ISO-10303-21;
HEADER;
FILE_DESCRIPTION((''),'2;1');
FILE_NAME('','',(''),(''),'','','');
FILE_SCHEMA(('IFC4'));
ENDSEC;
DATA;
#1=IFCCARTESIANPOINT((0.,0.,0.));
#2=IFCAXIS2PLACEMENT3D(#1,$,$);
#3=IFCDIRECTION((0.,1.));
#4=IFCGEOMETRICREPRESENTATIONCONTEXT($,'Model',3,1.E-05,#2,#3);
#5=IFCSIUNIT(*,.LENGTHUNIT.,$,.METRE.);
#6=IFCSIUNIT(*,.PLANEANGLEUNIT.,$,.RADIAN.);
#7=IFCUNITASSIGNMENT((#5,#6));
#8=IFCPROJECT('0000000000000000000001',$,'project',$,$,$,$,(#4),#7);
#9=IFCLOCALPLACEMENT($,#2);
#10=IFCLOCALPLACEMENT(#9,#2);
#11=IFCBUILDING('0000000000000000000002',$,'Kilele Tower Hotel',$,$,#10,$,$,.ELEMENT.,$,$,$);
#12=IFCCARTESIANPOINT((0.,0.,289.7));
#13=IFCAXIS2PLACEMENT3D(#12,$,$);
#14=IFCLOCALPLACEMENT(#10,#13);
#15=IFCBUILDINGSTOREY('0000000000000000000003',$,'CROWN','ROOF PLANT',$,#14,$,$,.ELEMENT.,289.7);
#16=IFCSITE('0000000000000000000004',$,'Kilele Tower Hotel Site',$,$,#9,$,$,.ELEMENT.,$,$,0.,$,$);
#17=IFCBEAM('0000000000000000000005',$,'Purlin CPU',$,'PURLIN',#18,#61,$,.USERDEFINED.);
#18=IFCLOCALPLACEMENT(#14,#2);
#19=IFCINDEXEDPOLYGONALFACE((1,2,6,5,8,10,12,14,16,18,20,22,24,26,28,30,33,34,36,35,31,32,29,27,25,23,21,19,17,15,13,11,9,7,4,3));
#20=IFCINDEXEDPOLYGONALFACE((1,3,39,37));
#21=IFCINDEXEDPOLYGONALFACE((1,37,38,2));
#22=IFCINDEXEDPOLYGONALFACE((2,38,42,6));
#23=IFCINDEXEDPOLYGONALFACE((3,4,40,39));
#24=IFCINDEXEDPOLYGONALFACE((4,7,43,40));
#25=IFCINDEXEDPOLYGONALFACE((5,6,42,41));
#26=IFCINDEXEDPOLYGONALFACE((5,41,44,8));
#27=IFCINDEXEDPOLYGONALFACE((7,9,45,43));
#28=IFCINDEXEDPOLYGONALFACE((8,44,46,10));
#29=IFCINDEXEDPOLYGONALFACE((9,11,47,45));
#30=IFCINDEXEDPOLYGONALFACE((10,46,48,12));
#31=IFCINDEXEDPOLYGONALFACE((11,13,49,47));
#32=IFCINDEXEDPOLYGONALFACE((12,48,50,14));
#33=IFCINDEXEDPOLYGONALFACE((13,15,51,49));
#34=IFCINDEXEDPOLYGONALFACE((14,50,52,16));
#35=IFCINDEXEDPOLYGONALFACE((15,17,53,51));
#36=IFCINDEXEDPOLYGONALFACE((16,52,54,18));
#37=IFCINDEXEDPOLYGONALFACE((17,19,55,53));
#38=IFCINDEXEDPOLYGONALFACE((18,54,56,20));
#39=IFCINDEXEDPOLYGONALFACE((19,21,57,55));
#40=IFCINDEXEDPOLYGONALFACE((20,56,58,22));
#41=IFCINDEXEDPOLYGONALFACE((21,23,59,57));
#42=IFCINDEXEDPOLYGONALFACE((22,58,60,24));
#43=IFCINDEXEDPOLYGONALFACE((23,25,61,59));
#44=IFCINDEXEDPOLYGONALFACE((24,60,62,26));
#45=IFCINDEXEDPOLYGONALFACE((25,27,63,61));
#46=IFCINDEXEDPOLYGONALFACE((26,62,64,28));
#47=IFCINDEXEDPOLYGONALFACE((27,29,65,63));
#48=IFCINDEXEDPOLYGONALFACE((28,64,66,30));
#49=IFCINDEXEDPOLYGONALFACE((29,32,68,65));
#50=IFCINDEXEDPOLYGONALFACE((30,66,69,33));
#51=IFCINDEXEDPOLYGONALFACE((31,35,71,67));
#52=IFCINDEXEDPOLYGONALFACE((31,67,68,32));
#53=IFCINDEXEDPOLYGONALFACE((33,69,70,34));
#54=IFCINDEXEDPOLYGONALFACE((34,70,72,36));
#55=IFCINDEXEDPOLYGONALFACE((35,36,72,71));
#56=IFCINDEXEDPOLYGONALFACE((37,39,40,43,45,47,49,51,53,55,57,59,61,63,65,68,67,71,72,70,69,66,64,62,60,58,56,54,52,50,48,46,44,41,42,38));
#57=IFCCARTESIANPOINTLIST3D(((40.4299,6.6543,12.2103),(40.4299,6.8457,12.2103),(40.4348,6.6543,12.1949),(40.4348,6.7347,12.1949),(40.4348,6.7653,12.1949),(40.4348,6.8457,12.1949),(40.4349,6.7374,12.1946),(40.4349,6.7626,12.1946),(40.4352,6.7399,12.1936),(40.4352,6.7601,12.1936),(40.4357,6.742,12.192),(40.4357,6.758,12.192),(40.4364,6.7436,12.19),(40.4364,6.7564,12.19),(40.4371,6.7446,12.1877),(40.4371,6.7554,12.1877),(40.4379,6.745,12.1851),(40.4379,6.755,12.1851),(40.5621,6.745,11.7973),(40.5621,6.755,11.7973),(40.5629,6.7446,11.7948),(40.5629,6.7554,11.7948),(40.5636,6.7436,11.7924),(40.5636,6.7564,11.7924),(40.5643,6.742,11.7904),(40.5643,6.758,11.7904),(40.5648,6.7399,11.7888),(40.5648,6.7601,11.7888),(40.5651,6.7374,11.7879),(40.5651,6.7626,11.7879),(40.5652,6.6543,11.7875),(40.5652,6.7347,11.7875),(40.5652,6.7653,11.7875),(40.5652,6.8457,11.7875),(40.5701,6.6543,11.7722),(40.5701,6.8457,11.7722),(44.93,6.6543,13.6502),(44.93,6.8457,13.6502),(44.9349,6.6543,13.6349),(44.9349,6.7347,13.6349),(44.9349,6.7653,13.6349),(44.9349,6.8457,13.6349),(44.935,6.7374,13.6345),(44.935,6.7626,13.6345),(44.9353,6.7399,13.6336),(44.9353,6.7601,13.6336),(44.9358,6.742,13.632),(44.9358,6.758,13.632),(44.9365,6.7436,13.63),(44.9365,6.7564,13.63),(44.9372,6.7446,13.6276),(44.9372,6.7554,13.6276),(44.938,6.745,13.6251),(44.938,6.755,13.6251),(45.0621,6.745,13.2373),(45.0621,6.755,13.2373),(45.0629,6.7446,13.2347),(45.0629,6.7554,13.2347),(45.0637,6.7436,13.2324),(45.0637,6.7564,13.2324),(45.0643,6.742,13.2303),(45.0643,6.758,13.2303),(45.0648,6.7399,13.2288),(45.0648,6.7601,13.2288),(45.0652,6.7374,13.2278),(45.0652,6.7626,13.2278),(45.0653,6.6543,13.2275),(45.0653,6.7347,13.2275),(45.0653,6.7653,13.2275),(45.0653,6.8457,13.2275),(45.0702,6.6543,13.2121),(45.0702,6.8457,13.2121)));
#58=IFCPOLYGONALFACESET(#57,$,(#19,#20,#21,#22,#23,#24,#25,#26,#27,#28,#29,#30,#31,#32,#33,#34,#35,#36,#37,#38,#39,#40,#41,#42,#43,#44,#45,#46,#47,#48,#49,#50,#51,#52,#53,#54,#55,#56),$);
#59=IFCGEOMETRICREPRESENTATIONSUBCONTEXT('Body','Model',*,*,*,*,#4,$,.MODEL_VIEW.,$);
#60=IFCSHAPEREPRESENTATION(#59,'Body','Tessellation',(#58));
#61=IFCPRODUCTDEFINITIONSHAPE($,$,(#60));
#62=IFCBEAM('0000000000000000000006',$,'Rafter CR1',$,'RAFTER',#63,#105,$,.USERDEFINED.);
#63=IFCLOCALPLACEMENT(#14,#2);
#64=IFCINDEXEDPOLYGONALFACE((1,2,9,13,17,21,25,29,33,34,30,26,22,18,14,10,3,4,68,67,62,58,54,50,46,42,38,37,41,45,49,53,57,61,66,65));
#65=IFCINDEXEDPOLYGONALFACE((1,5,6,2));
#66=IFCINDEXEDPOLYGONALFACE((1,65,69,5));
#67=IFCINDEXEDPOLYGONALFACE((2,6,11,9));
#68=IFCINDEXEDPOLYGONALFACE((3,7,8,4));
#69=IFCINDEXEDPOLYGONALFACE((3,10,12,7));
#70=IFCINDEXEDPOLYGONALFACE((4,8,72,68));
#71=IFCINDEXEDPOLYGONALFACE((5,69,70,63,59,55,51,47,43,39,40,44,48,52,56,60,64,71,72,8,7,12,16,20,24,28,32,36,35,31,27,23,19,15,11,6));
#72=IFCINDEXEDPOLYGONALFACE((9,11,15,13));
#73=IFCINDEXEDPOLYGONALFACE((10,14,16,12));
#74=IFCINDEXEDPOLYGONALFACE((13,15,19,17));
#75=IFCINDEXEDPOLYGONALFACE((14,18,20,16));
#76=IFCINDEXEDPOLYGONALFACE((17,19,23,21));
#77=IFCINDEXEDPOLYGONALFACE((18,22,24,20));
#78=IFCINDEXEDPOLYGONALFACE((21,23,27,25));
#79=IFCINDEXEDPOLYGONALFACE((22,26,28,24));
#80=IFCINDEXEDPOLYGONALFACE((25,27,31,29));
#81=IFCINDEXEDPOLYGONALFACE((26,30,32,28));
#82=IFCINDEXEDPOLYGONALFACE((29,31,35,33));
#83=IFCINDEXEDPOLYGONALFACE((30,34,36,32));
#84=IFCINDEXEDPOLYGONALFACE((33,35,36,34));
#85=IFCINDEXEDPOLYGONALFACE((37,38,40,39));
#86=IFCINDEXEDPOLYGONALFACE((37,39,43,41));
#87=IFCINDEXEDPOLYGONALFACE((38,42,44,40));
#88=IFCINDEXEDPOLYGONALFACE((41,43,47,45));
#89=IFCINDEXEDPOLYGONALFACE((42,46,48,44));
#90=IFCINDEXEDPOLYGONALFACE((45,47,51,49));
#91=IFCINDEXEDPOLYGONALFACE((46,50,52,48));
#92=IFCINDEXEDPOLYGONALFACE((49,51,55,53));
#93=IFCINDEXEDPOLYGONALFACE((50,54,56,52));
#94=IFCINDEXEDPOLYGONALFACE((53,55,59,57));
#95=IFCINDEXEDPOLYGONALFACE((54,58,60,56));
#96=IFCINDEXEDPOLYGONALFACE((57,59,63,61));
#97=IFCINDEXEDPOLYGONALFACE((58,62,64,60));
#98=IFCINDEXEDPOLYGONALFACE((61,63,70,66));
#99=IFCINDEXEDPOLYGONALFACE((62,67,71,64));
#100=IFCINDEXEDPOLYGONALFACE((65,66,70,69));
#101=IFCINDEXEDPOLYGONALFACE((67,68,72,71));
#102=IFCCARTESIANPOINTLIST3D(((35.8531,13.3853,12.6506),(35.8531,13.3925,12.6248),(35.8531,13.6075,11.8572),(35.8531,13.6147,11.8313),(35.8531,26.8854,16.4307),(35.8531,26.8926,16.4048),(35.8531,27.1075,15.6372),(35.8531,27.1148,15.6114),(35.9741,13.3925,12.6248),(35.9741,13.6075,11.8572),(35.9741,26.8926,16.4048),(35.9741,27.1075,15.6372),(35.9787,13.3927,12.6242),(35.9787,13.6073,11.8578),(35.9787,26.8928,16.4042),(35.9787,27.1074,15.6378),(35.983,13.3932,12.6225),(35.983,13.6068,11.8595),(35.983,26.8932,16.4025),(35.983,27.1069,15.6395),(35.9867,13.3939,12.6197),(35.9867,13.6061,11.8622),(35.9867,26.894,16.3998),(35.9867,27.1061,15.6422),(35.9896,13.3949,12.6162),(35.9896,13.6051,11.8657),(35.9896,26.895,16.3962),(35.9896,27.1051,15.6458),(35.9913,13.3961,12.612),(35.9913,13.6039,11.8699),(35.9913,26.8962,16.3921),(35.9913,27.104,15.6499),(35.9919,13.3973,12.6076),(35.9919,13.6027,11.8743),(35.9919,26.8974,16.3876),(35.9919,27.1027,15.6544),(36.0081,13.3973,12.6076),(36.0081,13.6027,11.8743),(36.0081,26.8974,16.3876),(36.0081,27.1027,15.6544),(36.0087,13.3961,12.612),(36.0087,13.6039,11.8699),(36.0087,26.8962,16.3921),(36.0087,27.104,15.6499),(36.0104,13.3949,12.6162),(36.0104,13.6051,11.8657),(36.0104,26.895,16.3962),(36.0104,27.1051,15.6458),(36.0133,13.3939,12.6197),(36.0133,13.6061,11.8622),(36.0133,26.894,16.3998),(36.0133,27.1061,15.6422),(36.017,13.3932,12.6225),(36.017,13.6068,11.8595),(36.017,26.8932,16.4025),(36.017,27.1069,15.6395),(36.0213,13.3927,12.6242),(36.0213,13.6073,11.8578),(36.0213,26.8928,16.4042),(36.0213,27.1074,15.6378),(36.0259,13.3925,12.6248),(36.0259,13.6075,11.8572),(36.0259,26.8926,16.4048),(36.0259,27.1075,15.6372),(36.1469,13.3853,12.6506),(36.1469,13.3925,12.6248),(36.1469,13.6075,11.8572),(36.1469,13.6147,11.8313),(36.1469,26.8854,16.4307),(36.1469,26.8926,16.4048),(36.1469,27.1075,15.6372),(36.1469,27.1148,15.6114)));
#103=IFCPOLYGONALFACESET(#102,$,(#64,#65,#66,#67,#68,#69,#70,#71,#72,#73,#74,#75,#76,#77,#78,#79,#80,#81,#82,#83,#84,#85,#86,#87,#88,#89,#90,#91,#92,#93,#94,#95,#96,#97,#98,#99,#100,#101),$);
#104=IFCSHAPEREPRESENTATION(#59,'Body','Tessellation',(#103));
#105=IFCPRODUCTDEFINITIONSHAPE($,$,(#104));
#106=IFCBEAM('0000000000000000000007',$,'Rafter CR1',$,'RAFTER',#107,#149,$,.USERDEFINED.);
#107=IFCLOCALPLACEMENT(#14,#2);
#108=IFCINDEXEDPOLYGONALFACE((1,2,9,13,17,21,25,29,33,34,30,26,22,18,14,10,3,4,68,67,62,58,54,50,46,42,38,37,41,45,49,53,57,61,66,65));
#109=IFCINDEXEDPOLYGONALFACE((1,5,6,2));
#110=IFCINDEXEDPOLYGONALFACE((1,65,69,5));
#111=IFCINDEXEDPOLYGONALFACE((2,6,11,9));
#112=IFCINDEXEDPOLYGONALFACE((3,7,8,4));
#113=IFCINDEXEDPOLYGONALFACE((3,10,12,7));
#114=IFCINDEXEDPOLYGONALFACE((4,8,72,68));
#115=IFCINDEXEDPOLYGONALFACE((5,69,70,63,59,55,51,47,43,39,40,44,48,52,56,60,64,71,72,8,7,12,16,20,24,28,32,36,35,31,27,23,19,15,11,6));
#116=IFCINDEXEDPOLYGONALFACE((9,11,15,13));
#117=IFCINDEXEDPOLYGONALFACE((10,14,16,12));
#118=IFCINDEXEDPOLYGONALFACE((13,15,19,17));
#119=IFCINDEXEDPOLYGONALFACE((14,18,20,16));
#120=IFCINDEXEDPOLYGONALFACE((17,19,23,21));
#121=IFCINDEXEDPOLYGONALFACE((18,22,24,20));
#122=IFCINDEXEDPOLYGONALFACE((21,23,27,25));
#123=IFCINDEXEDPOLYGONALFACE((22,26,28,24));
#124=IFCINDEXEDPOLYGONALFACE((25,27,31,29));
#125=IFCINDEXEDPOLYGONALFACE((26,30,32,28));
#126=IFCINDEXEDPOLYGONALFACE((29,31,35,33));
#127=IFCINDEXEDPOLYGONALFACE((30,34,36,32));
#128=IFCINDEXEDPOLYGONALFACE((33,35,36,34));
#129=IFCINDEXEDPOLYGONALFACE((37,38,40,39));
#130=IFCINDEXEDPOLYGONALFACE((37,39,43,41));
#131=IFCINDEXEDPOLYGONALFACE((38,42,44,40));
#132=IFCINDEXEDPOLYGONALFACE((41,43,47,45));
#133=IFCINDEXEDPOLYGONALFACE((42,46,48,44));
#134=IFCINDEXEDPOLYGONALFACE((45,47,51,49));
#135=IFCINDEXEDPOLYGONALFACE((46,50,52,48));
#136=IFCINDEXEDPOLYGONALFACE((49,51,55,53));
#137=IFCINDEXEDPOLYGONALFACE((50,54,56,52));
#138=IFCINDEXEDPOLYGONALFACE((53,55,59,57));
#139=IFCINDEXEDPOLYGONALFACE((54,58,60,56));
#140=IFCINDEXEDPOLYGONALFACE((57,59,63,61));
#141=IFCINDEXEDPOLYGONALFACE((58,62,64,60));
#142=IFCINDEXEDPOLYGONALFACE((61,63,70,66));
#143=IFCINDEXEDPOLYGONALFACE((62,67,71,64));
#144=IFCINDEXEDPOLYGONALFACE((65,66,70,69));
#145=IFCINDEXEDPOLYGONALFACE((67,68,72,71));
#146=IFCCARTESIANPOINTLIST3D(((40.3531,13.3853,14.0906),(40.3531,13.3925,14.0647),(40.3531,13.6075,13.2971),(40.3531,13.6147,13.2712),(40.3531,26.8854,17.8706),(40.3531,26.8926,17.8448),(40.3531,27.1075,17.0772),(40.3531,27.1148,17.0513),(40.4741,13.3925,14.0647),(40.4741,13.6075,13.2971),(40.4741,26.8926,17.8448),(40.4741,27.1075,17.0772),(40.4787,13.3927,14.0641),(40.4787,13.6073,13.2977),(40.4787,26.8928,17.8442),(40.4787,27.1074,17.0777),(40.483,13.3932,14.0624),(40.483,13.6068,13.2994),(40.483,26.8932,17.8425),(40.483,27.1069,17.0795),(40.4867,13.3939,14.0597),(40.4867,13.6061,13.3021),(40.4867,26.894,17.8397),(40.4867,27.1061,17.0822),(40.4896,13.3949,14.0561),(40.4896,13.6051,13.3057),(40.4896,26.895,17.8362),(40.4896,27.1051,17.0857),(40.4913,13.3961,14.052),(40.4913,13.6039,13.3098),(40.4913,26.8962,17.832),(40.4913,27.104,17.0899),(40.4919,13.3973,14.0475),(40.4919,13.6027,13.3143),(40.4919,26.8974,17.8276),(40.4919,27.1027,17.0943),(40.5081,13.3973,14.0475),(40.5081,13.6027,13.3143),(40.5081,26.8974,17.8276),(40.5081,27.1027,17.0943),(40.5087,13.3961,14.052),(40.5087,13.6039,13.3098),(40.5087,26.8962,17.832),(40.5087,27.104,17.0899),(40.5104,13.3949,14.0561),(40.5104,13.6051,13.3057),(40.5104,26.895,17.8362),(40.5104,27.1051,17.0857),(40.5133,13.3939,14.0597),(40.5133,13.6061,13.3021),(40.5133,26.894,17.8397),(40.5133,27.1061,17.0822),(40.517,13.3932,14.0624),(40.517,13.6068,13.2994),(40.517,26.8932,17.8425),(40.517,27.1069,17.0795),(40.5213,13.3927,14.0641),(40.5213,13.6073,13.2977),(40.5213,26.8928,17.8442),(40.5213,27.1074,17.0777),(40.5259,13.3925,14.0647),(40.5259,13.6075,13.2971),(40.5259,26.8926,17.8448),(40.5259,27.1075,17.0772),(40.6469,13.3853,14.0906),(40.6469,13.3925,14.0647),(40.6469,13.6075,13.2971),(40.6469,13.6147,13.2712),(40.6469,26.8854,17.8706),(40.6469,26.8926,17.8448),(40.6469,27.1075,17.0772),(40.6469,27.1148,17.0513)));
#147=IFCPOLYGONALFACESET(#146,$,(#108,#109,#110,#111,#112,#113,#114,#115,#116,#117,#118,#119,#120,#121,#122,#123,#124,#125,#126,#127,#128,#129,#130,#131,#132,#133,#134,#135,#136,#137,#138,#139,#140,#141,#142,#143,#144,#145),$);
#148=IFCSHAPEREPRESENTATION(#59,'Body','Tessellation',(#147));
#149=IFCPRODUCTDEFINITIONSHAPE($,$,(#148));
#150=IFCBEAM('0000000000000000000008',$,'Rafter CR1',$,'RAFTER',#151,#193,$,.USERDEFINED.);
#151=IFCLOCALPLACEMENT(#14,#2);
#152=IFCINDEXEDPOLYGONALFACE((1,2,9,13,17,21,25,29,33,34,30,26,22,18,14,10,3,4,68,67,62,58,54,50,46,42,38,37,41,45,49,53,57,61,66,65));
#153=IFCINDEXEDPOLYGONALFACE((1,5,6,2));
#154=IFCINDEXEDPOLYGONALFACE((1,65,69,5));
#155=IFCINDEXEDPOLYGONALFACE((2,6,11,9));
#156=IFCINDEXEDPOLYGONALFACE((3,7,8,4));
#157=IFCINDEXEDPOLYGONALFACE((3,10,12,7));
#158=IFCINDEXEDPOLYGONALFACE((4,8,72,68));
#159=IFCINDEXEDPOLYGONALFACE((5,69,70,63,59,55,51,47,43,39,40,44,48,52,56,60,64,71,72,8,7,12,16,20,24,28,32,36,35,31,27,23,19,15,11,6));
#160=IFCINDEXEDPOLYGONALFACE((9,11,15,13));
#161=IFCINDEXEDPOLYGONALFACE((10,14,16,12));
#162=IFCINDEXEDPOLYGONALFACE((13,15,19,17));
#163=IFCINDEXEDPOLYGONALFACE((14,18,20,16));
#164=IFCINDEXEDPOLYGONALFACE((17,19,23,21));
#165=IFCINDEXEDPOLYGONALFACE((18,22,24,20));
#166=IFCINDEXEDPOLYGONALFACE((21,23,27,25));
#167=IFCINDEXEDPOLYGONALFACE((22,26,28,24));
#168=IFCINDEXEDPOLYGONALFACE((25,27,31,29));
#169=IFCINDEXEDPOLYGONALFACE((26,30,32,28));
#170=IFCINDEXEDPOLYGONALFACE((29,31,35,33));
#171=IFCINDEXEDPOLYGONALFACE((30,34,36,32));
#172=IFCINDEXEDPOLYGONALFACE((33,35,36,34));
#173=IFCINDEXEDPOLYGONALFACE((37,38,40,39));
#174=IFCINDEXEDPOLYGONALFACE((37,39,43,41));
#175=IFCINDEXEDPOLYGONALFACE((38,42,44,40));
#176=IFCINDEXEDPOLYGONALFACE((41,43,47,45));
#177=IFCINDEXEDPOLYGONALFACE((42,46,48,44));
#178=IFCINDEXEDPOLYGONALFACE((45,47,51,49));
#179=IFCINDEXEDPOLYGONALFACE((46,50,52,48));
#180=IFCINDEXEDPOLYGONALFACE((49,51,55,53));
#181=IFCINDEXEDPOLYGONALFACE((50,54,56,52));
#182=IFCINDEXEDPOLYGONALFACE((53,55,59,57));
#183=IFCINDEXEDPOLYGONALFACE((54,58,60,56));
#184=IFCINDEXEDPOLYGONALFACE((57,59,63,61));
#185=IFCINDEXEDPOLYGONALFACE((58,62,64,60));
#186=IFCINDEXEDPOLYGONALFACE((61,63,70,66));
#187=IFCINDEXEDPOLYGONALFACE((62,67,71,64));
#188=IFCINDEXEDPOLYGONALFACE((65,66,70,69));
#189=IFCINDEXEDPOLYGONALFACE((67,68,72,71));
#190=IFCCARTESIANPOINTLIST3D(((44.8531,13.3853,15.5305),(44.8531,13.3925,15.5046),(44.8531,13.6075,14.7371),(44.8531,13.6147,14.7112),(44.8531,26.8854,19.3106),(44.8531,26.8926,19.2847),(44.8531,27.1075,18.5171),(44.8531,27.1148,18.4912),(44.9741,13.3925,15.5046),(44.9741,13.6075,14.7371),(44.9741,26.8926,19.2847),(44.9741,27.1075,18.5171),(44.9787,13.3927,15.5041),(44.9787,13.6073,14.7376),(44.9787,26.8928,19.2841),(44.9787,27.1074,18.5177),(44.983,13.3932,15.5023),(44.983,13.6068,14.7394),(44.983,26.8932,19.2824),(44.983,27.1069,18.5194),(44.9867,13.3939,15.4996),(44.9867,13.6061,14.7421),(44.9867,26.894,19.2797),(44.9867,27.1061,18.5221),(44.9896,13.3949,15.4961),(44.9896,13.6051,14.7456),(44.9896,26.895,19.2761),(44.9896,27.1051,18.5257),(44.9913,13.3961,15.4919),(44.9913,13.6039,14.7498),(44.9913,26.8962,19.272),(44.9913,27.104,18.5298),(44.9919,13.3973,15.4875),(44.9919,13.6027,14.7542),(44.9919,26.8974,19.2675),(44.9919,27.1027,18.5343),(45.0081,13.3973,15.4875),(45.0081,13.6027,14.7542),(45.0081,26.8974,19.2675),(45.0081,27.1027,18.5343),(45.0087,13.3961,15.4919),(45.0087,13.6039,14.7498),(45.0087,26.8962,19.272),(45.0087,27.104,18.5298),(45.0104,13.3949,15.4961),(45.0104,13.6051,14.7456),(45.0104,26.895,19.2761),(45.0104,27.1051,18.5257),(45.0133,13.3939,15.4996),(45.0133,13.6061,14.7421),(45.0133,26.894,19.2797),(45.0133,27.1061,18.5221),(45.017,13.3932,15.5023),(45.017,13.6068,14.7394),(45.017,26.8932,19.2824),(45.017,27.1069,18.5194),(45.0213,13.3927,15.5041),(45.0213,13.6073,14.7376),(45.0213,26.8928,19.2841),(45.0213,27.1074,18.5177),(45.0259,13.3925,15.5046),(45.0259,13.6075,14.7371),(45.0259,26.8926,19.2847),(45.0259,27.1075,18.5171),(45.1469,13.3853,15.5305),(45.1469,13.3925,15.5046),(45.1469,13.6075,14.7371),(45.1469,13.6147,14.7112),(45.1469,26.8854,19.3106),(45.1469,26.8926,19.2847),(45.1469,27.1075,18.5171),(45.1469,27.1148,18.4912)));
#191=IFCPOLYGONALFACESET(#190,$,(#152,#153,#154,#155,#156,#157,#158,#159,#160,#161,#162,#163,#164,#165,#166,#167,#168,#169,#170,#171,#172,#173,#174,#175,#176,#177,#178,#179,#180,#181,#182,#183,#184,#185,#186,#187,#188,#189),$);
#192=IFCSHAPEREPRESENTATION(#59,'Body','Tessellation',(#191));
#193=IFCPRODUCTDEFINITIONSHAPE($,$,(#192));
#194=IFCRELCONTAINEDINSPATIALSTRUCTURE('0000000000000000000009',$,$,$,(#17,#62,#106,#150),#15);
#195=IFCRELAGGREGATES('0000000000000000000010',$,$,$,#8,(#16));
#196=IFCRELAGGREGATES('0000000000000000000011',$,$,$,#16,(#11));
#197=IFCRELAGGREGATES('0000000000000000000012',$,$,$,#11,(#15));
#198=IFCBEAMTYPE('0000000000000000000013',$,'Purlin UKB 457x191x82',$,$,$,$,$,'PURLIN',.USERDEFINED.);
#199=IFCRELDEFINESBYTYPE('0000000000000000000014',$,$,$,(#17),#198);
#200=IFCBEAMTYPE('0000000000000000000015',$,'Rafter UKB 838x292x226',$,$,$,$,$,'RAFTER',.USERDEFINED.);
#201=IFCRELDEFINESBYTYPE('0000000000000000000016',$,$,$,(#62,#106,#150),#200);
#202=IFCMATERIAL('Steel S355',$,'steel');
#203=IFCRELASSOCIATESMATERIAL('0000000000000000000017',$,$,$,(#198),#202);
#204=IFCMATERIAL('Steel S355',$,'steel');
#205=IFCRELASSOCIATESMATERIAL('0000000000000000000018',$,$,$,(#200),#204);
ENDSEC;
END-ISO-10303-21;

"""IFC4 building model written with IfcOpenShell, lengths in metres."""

from ifc_helpers import new_model, si_unit, direction, frame, origin, origin_2d, place, context, subcontext, project, spatial, i_section, extrude, material, material_profile, profile_set, type_object, element, save


model = new_model("IFC4")

# Units and contexts
model_context = context("Model", 3, precision=1e-05, world=origin(), true_north=direction((0.0, 1.0)))
body_context = subcontext(model_context, "Body", "Model", "MODEL_VIEW")
ifc_project = project(units=[si_unit("LENGTHUNIT", "METRE"), si_unit("PLANEANGLEUNIT", "RADIAN")], contexts=[model_context])

# Site, building, storey
site_placement = place(None, origin())
site = spatial("IfcSite", under=ifc_project, at=site_placement, Name="Kilele Tower Hotel Site", CompositionType="ELEMENT", RefElevation=0.0)
building_placement = place(site_placement, origin())
building = spatial("IfcBuilding", under=site, at=building_placement, Name="Kilele Tower Hotel", CompositionType="ELEMENT")
storey_placement = place(building_placement, frame((0.0, 0.0, 289.7)))
storey = spatial("IfcBuildingStorey", under=building, at=storey_placement, Name="CROWN", Description="ROOF PLANT", CompositionType="ELEMENT", Elevation=289.7)

# Beams
ifc_material_1 = material(Name="Steel S355", Category="steel")
ifc_material_profile_1 = material_profile(ifc_material_1, i_section(OverallWidth=0.1914, OverallDepth=0.46, WebThickness=0.01, FlangeThickness=0.0161, FilletRadius=0.0103, at=origin_2d()))
ifc_profile_set_1 = profile_set([ifc_material_profile_1], Name="Steel S355")
beam_type_1 = type_object("IfcBeamType", Name="Purlin UKB 457x191x82", ElementType="PURLIN", PredefinedType="USERDEFINED", material=ifc_profile_set_1)
beam_1_placement = place(storey_placement, frame((40.5, 6.75, 11.9912), z_axis=(0.952428, 0.0, 0.304764), x_axis=(0.0, 1.0, 0.0)))
element("IfcBeam", 1, at=beam_1_placement, inside=storey, type_object=beam_type_1, Name="Purlin CPU", ObjectType="PURLIN", PredefinedType="USERDEFINED", context=body_context, shape_type="SweptSolid", body=[
    extrude(i_section(OverallWidth=0.1914, OverallDepth=0.46, WebThickness=0.01, FlangeThickness=0.0161, FilletRadius=0.0103, at=origin_2d()), origin(), (0.0, 0.0, 1.0), 4.7249),
])
ifc_material_2 = material(Name="Steel S355", Category="steel")
ifc_material_profile_2 = material_profile(ifc_material_2, i_section(OverallWidth=0.2937, OverallDepth=0.8508, WebThickness=0.0161, FlangeThickness=0.0269, FilletRadius=0.0178, at=origin_2d()))
ifc_profile_set_2 = profile_set([ifc_material_profile_2], Name="Steel S355")
beam_type_2 = type_object("IfcBeamType", Name="Rafter UKB 838x292x226", ElementType="RAFTER", PredefinedType="USERDEFINED", material=ifc_profile_set_2)
for number, where, z_axis, x_axis, name in (
    (2, (36.0, 13.5, 12.241), (0.0, 0.962963, 0.269632), (-1.0, 0.0, 0.0), "Rafter CR1"),
    (3, (40.5, 13.5, 13.6809), (0.0, 0.962963, 0.269632), (-1.0, 0.0, 0.0), "Rafter CR1"),
    (4, (45.0, 13.5, 15.1208), (0.0, 0.962963, 0.269632), (-1.0, 0.0, 0.0), "Rafter CR1"),
):
    element("IfcBeam", number, at=place(storey_placement, frame(where, z_axis=z_axis, x_axis=x_axis)), inside=storey, type_object=beam_type_2, Name=name, ObjectType="RAFTER", PredefinedType="USERDEFINED", context=body_context, shape_type="SweptSolid", body=[
        extrude(i_section(OverallWidth=0.2937, OverallDepth=0.8508, WebThickness=0.0161, FlangeThickness=0.0269, FilletRadius=0.0178, at=origin_2d()), origin(), (0.0, 0.0, 1.0), 14.0193),
    ])

save(model, "model.ifc")
